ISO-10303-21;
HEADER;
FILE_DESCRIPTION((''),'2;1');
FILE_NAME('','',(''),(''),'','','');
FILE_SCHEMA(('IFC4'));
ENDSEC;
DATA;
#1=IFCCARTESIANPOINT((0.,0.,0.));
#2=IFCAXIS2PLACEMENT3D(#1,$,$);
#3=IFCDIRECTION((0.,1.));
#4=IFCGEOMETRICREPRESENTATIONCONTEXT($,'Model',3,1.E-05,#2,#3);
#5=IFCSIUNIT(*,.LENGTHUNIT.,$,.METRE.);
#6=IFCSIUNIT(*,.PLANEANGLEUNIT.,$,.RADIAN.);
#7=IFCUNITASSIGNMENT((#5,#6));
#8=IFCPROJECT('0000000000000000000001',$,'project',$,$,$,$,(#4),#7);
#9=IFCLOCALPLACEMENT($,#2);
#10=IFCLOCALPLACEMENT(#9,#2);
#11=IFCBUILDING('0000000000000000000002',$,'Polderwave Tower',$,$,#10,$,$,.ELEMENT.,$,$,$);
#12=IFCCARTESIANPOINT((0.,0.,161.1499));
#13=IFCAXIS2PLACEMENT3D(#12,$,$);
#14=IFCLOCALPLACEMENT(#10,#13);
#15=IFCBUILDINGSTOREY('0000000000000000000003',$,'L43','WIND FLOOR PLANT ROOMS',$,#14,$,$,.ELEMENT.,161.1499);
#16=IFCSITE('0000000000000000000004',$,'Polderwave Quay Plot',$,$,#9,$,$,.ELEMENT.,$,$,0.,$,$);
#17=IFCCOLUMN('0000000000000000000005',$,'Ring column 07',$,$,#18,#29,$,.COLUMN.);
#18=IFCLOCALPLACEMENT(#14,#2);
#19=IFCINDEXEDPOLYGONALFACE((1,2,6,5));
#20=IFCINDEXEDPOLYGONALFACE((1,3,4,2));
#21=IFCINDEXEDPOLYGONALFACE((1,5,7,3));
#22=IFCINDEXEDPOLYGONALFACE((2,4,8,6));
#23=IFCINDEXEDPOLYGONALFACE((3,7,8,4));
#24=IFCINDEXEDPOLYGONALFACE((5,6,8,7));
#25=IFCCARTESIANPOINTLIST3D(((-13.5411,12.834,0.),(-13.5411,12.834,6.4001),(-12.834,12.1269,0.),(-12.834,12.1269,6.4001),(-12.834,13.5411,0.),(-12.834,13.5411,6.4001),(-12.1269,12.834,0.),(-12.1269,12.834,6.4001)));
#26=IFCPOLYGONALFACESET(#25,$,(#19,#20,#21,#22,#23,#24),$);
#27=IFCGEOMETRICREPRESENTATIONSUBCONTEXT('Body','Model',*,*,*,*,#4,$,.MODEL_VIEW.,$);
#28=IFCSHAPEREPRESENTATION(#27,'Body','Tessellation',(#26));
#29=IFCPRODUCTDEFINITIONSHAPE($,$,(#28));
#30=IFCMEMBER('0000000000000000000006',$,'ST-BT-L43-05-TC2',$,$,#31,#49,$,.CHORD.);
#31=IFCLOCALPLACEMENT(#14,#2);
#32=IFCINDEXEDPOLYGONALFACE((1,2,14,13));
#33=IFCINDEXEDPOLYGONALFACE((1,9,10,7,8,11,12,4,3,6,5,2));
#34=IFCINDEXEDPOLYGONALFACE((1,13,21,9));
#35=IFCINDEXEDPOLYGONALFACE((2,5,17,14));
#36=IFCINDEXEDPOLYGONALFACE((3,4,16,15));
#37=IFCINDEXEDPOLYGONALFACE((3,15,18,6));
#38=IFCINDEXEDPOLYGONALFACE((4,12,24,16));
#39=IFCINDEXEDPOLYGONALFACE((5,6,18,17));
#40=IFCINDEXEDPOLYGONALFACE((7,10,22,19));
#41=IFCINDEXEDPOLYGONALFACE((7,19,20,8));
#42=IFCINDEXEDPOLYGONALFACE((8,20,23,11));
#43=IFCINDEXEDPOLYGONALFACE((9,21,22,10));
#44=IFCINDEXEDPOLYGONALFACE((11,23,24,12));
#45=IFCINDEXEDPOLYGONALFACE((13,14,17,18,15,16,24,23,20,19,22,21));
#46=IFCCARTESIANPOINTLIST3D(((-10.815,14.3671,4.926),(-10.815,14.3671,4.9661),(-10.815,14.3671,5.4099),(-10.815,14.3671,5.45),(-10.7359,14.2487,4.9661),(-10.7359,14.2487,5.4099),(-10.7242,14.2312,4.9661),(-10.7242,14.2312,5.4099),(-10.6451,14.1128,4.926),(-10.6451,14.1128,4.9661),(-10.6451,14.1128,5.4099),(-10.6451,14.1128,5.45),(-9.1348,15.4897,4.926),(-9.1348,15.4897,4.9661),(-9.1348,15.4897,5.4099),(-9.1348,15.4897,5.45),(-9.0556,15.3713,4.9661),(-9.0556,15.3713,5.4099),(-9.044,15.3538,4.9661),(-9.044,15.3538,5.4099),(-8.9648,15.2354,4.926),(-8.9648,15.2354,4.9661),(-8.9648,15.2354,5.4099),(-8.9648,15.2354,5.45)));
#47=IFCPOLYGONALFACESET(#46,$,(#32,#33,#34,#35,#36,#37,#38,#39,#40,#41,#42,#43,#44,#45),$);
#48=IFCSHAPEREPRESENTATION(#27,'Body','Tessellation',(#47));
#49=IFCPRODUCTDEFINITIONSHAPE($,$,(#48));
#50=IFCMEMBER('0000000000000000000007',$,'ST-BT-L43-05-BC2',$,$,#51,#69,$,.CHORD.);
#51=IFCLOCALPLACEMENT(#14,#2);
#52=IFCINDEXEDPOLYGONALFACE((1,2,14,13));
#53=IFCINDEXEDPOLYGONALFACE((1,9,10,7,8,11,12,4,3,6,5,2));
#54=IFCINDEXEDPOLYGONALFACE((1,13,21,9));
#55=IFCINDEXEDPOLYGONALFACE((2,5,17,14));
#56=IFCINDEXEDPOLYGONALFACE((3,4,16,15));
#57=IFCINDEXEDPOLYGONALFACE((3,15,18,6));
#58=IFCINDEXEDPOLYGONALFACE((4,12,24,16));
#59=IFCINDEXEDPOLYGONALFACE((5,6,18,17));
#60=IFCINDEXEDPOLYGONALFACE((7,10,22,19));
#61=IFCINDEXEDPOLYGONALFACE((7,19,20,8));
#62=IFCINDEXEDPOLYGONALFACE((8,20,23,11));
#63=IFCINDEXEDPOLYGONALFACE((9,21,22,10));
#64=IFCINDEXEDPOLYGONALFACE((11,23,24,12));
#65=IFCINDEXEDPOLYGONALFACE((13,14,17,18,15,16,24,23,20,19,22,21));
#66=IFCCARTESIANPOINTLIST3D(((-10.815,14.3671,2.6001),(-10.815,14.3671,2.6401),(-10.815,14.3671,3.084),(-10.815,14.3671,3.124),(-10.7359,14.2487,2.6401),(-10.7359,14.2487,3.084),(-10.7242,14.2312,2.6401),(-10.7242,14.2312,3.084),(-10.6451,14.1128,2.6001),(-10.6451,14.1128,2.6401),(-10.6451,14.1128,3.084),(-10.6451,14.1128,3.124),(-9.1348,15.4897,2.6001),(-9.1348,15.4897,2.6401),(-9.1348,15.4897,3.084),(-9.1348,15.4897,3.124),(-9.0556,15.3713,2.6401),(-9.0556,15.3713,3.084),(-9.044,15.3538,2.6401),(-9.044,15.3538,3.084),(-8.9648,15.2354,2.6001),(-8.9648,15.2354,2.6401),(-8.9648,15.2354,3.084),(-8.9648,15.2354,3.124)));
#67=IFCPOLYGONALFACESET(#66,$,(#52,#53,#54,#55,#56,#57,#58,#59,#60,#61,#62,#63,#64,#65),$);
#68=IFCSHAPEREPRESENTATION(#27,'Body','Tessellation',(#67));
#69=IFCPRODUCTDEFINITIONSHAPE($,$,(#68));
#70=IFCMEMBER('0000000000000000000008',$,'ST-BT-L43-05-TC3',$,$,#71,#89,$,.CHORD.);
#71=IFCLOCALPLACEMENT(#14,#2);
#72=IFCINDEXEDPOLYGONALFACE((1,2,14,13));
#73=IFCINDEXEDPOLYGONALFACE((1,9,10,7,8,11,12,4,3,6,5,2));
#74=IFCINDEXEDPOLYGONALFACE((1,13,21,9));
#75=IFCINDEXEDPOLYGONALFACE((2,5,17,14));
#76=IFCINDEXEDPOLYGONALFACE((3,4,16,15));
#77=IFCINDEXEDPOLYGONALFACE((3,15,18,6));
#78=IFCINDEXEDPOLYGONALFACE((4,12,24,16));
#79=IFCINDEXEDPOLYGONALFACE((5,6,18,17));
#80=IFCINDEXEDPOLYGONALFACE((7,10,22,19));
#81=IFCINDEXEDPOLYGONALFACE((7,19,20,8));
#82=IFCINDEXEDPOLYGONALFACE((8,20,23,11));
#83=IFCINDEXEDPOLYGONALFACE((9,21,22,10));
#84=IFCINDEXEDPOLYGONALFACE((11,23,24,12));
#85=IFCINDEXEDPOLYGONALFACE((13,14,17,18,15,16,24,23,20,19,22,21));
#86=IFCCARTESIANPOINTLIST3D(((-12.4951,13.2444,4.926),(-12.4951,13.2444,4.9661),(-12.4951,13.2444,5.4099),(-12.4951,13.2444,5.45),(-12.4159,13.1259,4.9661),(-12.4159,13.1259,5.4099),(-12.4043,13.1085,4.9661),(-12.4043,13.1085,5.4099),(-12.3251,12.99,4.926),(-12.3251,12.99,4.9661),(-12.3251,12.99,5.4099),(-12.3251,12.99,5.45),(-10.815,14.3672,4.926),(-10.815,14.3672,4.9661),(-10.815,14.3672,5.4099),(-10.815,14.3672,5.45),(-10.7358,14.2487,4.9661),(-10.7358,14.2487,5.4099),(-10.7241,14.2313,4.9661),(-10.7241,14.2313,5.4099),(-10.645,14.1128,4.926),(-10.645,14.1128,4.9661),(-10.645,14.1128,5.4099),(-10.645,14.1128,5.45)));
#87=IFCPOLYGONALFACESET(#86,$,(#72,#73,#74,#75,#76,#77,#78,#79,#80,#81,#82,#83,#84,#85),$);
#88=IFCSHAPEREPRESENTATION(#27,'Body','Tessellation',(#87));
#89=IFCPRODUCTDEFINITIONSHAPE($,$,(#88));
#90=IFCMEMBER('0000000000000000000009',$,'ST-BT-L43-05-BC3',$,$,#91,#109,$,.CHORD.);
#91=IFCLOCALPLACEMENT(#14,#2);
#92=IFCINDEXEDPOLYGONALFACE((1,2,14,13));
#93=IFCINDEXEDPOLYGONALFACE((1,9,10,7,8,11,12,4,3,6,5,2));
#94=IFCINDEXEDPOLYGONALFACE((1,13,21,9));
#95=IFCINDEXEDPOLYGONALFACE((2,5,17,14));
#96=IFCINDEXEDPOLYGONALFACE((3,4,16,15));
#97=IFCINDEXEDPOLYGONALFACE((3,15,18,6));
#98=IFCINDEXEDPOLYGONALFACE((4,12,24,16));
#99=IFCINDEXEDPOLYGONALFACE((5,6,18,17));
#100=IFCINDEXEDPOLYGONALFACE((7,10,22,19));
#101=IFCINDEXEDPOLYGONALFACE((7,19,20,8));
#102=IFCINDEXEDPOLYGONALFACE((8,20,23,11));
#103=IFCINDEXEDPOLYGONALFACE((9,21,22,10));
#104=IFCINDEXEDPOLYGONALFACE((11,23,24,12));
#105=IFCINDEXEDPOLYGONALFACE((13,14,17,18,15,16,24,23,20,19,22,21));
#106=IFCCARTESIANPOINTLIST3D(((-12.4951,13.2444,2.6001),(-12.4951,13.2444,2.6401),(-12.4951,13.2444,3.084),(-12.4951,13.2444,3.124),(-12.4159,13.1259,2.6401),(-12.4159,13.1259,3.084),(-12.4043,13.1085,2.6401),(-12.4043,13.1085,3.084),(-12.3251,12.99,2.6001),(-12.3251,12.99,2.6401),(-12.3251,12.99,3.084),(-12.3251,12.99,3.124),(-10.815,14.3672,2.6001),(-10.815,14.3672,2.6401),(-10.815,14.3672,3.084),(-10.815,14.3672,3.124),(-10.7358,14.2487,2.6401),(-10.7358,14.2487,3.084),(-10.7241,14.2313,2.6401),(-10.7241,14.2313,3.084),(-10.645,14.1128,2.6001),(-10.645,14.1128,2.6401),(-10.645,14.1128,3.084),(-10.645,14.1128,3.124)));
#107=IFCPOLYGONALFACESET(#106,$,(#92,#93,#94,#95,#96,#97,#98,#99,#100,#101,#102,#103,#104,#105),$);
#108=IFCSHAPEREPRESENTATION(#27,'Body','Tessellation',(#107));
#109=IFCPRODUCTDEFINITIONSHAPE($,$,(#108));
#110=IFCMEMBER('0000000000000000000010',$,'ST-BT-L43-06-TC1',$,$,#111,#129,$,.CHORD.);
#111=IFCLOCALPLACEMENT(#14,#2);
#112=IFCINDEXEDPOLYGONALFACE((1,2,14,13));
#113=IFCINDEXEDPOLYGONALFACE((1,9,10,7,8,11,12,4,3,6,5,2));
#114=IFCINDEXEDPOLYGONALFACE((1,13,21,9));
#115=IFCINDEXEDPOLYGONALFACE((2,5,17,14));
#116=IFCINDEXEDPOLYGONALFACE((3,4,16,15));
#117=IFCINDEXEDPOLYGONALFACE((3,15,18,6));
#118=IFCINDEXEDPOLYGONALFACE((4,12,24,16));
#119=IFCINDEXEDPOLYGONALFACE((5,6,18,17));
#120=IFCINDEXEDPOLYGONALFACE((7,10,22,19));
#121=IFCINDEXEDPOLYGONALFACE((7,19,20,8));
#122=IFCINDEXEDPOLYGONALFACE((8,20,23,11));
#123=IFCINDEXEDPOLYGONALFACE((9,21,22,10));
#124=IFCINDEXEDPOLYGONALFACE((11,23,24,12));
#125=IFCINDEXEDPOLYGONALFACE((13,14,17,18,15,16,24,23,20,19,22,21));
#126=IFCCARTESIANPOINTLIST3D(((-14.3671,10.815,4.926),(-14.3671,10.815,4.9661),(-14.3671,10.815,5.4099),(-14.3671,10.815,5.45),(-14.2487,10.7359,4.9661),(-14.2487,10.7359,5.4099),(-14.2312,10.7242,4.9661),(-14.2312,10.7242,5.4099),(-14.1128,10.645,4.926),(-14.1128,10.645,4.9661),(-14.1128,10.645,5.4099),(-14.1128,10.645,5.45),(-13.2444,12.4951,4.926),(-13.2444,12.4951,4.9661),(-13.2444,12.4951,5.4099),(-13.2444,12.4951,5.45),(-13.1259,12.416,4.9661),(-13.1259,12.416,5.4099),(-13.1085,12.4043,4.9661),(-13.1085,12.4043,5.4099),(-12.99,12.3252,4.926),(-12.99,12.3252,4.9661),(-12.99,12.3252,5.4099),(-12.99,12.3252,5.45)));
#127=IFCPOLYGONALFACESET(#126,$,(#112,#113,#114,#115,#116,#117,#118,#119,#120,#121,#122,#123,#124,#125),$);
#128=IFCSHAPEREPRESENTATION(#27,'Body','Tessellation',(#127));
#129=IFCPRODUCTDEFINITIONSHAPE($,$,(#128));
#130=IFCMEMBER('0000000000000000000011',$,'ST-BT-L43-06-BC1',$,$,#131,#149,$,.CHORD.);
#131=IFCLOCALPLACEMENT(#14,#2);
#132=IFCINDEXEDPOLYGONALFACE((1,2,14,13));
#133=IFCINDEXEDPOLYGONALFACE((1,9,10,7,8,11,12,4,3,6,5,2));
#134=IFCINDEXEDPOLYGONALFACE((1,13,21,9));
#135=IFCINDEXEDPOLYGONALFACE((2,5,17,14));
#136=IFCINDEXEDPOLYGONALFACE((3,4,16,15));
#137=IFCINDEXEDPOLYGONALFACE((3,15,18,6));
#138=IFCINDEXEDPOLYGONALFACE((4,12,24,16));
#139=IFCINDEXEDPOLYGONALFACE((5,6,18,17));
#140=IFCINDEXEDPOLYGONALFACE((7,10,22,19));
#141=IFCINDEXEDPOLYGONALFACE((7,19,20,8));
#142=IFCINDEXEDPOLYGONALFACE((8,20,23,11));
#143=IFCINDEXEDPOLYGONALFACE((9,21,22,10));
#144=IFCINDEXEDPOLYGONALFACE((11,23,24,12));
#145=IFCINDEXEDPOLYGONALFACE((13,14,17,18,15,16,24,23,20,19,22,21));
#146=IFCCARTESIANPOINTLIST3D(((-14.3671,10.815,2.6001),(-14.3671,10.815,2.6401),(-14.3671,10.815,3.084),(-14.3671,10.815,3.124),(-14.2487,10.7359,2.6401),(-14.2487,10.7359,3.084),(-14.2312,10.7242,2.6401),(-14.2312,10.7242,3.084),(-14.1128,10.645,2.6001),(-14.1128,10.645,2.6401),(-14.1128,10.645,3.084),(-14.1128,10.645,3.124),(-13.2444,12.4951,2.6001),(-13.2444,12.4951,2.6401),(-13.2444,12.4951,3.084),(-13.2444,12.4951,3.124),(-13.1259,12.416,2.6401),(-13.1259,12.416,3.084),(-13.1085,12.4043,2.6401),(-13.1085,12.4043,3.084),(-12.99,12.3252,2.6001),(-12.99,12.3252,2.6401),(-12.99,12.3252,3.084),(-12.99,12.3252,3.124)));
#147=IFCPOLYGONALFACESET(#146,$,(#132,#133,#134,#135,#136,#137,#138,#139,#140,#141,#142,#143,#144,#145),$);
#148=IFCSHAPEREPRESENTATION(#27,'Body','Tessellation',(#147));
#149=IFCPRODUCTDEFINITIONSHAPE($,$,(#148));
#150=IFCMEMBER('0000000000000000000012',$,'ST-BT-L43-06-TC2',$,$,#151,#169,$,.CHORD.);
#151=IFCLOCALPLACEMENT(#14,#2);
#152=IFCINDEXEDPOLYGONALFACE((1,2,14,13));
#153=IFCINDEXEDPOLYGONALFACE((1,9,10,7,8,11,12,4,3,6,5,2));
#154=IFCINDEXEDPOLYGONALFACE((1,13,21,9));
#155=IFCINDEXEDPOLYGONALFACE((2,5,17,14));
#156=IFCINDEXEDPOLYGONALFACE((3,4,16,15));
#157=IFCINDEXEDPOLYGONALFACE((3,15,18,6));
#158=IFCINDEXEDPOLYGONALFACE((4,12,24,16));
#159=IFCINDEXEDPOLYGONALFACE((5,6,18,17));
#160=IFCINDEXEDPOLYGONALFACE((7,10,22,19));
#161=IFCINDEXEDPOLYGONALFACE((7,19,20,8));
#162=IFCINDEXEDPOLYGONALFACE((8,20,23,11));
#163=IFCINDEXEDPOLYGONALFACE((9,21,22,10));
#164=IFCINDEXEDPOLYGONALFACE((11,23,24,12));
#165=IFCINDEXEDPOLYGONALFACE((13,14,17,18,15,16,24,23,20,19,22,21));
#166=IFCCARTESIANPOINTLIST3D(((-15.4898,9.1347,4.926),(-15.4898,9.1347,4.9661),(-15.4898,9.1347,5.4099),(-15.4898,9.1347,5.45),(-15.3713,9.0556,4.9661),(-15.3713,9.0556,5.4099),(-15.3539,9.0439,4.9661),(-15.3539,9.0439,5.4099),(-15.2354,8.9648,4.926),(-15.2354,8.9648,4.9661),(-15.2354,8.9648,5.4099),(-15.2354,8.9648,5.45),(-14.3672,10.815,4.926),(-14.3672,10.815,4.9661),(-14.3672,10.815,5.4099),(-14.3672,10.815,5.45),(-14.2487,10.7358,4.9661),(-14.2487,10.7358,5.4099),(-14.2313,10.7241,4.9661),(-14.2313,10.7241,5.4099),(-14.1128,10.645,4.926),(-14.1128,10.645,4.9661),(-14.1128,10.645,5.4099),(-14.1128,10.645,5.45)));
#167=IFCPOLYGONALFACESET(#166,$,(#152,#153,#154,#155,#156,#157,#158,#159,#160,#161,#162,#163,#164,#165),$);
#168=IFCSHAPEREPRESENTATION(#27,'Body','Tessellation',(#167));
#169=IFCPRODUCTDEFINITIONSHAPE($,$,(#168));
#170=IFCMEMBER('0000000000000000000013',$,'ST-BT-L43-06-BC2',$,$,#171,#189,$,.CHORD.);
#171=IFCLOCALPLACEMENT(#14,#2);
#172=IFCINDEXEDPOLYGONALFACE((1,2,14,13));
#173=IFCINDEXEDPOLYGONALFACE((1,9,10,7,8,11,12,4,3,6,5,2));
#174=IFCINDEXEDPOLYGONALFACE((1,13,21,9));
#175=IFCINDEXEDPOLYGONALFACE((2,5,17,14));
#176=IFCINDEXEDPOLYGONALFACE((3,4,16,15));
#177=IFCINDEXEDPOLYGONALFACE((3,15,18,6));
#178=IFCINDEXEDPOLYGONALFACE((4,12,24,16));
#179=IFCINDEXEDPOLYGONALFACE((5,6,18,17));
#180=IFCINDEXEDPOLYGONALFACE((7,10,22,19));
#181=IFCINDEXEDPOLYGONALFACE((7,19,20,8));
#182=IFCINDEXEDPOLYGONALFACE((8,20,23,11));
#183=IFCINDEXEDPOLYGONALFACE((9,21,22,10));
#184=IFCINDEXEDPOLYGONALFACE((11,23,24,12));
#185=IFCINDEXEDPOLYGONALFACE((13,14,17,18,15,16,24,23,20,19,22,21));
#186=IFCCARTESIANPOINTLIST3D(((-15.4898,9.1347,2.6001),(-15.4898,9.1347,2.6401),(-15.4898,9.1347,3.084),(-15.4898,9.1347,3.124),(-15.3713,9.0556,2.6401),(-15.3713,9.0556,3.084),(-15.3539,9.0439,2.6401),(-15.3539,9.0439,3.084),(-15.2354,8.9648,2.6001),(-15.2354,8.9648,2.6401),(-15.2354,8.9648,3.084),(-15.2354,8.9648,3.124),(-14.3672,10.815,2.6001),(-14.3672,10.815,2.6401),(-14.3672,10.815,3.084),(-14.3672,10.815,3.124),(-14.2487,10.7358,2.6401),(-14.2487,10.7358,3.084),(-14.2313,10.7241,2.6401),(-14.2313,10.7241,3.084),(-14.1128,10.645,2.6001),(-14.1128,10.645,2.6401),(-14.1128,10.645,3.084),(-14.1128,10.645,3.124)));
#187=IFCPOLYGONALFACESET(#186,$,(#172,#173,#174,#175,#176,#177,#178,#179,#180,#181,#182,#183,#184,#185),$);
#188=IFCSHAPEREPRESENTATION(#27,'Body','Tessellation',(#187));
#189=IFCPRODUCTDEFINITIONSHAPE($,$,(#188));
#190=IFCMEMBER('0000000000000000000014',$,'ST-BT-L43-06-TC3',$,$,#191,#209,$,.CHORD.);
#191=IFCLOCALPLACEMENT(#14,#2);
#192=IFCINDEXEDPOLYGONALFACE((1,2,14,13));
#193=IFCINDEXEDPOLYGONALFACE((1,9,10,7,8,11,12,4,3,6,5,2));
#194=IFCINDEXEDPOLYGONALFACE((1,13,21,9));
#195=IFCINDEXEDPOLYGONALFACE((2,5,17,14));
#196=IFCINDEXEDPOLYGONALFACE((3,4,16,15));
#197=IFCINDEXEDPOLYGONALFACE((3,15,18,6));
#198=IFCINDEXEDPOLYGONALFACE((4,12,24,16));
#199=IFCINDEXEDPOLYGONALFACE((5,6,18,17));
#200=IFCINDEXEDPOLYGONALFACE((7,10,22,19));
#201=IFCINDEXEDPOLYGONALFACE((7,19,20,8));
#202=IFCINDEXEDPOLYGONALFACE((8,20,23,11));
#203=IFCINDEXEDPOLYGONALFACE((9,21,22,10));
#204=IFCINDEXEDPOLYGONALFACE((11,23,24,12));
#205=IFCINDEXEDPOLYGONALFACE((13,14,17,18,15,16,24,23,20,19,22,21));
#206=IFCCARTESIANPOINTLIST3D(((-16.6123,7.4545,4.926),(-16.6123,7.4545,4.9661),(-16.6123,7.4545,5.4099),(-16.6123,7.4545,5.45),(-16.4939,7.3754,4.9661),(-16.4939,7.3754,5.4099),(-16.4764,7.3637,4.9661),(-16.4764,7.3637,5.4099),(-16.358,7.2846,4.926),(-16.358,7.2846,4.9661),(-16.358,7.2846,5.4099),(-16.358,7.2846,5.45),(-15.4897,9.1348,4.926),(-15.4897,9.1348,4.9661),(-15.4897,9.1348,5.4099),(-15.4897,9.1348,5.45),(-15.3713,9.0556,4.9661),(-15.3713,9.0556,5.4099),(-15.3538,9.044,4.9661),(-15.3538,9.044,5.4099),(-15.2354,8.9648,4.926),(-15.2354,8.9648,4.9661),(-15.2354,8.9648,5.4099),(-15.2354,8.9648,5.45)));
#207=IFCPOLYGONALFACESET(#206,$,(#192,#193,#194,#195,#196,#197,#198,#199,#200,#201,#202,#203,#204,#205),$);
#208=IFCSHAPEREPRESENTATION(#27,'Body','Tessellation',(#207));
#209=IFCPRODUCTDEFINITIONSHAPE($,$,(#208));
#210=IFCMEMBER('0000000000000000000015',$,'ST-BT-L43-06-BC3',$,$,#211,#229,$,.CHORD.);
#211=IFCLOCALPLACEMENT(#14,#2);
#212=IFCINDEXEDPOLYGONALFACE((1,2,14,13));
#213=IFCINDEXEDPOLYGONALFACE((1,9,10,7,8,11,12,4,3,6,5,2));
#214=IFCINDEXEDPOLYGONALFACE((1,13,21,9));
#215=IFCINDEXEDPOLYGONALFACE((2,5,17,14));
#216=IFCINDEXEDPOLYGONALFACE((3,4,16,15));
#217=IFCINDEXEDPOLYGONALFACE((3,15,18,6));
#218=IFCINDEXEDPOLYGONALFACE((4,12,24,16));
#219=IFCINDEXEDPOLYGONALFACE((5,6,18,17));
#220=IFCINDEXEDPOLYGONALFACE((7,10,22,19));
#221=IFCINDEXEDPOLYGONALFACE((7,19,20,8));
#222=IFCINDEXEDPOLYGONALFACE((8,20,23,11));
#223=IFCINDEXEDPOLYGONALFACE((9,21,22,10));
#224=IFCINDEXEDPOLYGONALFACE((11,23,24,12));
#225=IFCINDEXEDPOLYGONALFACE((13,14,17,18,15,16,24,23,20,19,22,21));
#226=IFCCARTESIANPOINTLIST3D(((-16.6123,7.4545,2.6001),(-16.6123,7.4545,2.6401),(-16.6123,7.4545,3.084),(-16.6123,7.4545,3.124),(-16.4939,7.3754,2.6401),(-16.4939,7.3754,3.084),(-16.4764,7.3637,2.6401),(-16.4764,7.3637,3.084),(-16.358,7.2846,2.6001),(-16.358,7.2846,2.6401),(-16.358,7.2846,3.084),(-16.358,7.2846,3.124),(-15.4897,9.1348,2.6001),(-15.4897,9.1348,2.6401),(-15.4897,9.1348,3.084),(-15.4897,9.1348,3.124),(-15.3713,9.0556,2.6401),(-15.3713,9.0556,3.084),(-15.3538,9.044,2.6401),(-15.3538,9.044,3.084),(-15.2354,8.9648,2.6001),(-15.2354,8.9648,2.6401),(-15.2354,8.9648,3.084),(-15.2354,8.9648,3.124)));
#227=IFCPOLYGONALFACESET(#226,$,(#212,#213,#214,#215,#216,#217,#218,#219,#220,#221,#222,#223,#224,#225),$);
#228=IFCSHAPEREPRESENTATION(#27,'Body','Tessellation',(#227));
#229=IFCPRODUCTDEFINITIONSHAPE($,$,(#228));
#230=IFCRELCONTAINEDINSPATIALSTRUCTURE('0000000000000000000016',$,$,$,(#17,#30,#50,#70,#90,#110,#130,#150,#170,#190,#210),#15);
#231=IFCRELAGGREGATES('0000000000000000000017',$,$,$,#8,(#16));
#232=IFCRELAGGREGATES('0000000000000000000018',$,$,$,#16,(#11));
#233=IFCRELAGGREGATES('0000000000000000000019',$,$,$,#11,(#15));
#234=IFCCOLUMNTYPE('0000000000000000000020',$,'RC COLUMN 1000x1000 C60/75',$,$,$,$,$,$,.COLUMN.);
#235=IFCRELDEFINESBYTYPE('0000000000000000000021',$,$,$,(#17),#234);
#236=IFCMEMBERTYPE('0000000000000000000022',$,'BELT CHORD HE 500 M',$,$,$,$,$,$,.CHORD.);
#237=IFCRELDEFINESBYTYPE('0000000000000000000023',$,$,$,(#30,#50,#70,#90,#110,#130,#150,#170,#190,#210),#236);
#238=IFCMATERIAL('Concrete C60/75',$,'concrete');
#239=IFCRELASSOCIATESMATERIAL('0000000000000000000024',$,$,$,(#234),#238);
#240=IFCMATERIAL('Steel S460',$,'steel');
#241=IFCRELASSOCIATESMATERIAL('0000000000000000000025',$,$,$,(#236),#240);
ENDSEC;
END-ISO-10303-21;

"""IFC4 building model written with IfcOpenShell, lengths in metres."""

from ifc_helpers import new_model, si_unit, direction, frame, origin, origin_2d, place, context, subcontext, project, spatial, rectangle, i_section, extrude, material, material_profile, profile_set, type_object, element, save


model = new_model("IFC4")

# Units and contexts
model_context = context("Model", 3, precision=1e-05, world=origin(), true_north=direction((0.0, 1.0)))
body_context = subcontext(model_context, "Body", "Model", "MODEL_VIEW")
ifc_project = project(units=[si_unit("LENGTHUNIT", "METRE"), si_unit("PLANEANGLEUNIT", "RADIAN")], contexts=[model_context])

# Site, building, storey
site_placement = place(None, origin())
site = spatial("IfcSite", under=ifc_project, at=site_placement, Name="Polderwave Quay Plot", CompositionType="ELEMENT", RefElevation=0.0)
building_placement = place(site_placement, origin())
building = spatial("IfcBuilding", under=site, at=building_placement, Name="Polderwave Tower", CompositionType="ELEMENT")
storey_placement = place(building_placement, frame((0.0, 0.0, 161.1499)))
storey = spatial("IfcBuildingStorey", under=building, at=storey_placement, Name="L43", Description="WIND FLOOR PLANT ROOMS", CompositionType="ELEMENT", Elevation=161.1499)

# Column
ifc_material_1 = material(Name="Concrete C60/75", Category="concrete")
ifc_material_profile_1 = material_profile(ifc_material_1, rectangle(XDim=1.0, YDim=1.0, at=origin_2d()), Name="RC 1000x1000")
ifc_profile_set_1 = profile_set([ifc_material_profile_1], Name="Concrete C60/75")
column_type = type_object("IfcColumnType", Name="RC COLUMN 1000x1000 C60/75", PredefinedType="COLUMN", material=ifc_profile_set_1)
column_placement = place(storey_placement, frame((-12.834, 12.834, 0.0), z_axis=(0.0, 0.0, 1.0), x_axis=(-0.707107, 0.707107, 0.0)))
element("IfcColumn", 1, at=column_placement, inside=storey, type_object=column_type, Name="Ring column 07", PredefinedType="COLUMN", context=body_context, shape_type="SweptSolid", body=[
    extrude(rectangle(XDim=1.0, YDim=1.0, at=origin_2d()), origin(), (0.0, 0.0, 1.0), 6.4001),
])

# Members
ifc_material_2 = material(Name="Steel S460", Category="steel")
ifc_material_profile_2 = material_profile(ifc_material_2, i_section(OverallWidth=0.3059, OverallDepth=0.5239, WebThickness=0.021, FlangeThickness=0.04, at=origin_2d()), Name="HE 500 M")
ifc_profile_set_2 = profile_set([ifc_material_profile_2], Name="Steel S460")
member_type_1 = type_object("IfcMemberType", Name="BELT CHORD HE 500 M", PredefinedType="CHORD", material=ifc_profile_set_2)
for number, where, z_axis, x_axis, name in (
    (2, (-9.0498, 15.3625, 5.188), (-0.831492, -0.555536, 0.0), (0.555536, -0.831492, 0.0), "ST-BT-L43-05-TC2"),
    (3, (-9.0498, 15.3625, 2.8621), (-0.831492, -0.555536, 0.0), (0.555536, -0.831492, 0.0), "ST-BT-L43-05-BC2"),
    (4, (-10.73, 14.24, 5.188), (-0.831436, -0.55562, 0.0), (0.55562, -0.831436, 0.0), "ST-BT-L43-05-TC3"),
    (5, (-10.73, 14.24, 2.8621), (-0.831436, -0.55562, 0.0), (0.55562, -0.831436, 0.0), "ST-BT-L43-05-BC3"),
    (6, (-13.1172, 12.4102, 5.188), (-0.55562, -0.831436, 0.0), (0.831436, -0.55562, 0.0), "ST-BT-L43-06-TC1"),
    (7, (-13.1172, 12.4102, 2.8621), (-0.55562, -0.831436, 0.0), (0.831436, -0.55562, 0.0), "ST-BT-L43-06-BC1"),
    (8, (-14.24, 10.73, 5.188), (-0.555536, -0.831492, 0.0), (0.831492, -0.555536, 0.0), "ST-BT-L43-06-TC2"),
    (9, (-14.24, 10.73, 2.8621), (-0.555536, -0.831492, 0.0), (0.831492, -0.555536, 0.0), "ST-BT-L43-06-BC2"),
    (10, (-15.3625, 9.0498, 5.188), (-0.555536, -0.831492, 0.0), (0.831492, -0.555536, 0.0), "ST-BT-L43-06-TC3"),
    (11, (-15.3625, 9.0498, 2.8621), (-0.555536, -0.831492, 0.0), (0.831492, -0.555536, 0.0), "ST-BT-L43-06-BC3"),
):
    element("IfcMember", number, at=place(storey_placement, frame(where, z_axis=z_axis, x_axis=x_axis)), inside=storey, type_object=member_type_1, Name=name, PredefinedType="CHORD", context=body_context, shape_type="SweptSolid", body=[
        extrude(i_section(OverallWidth=0.3059, OverallDepth=0.5239, WebThickness=0.021, FlangeThickness=0.04, at=origin_2d()), origin(), (0.0, 0.0, 1.0), 2.0208),
    ])

save(model, "model.ifc")
